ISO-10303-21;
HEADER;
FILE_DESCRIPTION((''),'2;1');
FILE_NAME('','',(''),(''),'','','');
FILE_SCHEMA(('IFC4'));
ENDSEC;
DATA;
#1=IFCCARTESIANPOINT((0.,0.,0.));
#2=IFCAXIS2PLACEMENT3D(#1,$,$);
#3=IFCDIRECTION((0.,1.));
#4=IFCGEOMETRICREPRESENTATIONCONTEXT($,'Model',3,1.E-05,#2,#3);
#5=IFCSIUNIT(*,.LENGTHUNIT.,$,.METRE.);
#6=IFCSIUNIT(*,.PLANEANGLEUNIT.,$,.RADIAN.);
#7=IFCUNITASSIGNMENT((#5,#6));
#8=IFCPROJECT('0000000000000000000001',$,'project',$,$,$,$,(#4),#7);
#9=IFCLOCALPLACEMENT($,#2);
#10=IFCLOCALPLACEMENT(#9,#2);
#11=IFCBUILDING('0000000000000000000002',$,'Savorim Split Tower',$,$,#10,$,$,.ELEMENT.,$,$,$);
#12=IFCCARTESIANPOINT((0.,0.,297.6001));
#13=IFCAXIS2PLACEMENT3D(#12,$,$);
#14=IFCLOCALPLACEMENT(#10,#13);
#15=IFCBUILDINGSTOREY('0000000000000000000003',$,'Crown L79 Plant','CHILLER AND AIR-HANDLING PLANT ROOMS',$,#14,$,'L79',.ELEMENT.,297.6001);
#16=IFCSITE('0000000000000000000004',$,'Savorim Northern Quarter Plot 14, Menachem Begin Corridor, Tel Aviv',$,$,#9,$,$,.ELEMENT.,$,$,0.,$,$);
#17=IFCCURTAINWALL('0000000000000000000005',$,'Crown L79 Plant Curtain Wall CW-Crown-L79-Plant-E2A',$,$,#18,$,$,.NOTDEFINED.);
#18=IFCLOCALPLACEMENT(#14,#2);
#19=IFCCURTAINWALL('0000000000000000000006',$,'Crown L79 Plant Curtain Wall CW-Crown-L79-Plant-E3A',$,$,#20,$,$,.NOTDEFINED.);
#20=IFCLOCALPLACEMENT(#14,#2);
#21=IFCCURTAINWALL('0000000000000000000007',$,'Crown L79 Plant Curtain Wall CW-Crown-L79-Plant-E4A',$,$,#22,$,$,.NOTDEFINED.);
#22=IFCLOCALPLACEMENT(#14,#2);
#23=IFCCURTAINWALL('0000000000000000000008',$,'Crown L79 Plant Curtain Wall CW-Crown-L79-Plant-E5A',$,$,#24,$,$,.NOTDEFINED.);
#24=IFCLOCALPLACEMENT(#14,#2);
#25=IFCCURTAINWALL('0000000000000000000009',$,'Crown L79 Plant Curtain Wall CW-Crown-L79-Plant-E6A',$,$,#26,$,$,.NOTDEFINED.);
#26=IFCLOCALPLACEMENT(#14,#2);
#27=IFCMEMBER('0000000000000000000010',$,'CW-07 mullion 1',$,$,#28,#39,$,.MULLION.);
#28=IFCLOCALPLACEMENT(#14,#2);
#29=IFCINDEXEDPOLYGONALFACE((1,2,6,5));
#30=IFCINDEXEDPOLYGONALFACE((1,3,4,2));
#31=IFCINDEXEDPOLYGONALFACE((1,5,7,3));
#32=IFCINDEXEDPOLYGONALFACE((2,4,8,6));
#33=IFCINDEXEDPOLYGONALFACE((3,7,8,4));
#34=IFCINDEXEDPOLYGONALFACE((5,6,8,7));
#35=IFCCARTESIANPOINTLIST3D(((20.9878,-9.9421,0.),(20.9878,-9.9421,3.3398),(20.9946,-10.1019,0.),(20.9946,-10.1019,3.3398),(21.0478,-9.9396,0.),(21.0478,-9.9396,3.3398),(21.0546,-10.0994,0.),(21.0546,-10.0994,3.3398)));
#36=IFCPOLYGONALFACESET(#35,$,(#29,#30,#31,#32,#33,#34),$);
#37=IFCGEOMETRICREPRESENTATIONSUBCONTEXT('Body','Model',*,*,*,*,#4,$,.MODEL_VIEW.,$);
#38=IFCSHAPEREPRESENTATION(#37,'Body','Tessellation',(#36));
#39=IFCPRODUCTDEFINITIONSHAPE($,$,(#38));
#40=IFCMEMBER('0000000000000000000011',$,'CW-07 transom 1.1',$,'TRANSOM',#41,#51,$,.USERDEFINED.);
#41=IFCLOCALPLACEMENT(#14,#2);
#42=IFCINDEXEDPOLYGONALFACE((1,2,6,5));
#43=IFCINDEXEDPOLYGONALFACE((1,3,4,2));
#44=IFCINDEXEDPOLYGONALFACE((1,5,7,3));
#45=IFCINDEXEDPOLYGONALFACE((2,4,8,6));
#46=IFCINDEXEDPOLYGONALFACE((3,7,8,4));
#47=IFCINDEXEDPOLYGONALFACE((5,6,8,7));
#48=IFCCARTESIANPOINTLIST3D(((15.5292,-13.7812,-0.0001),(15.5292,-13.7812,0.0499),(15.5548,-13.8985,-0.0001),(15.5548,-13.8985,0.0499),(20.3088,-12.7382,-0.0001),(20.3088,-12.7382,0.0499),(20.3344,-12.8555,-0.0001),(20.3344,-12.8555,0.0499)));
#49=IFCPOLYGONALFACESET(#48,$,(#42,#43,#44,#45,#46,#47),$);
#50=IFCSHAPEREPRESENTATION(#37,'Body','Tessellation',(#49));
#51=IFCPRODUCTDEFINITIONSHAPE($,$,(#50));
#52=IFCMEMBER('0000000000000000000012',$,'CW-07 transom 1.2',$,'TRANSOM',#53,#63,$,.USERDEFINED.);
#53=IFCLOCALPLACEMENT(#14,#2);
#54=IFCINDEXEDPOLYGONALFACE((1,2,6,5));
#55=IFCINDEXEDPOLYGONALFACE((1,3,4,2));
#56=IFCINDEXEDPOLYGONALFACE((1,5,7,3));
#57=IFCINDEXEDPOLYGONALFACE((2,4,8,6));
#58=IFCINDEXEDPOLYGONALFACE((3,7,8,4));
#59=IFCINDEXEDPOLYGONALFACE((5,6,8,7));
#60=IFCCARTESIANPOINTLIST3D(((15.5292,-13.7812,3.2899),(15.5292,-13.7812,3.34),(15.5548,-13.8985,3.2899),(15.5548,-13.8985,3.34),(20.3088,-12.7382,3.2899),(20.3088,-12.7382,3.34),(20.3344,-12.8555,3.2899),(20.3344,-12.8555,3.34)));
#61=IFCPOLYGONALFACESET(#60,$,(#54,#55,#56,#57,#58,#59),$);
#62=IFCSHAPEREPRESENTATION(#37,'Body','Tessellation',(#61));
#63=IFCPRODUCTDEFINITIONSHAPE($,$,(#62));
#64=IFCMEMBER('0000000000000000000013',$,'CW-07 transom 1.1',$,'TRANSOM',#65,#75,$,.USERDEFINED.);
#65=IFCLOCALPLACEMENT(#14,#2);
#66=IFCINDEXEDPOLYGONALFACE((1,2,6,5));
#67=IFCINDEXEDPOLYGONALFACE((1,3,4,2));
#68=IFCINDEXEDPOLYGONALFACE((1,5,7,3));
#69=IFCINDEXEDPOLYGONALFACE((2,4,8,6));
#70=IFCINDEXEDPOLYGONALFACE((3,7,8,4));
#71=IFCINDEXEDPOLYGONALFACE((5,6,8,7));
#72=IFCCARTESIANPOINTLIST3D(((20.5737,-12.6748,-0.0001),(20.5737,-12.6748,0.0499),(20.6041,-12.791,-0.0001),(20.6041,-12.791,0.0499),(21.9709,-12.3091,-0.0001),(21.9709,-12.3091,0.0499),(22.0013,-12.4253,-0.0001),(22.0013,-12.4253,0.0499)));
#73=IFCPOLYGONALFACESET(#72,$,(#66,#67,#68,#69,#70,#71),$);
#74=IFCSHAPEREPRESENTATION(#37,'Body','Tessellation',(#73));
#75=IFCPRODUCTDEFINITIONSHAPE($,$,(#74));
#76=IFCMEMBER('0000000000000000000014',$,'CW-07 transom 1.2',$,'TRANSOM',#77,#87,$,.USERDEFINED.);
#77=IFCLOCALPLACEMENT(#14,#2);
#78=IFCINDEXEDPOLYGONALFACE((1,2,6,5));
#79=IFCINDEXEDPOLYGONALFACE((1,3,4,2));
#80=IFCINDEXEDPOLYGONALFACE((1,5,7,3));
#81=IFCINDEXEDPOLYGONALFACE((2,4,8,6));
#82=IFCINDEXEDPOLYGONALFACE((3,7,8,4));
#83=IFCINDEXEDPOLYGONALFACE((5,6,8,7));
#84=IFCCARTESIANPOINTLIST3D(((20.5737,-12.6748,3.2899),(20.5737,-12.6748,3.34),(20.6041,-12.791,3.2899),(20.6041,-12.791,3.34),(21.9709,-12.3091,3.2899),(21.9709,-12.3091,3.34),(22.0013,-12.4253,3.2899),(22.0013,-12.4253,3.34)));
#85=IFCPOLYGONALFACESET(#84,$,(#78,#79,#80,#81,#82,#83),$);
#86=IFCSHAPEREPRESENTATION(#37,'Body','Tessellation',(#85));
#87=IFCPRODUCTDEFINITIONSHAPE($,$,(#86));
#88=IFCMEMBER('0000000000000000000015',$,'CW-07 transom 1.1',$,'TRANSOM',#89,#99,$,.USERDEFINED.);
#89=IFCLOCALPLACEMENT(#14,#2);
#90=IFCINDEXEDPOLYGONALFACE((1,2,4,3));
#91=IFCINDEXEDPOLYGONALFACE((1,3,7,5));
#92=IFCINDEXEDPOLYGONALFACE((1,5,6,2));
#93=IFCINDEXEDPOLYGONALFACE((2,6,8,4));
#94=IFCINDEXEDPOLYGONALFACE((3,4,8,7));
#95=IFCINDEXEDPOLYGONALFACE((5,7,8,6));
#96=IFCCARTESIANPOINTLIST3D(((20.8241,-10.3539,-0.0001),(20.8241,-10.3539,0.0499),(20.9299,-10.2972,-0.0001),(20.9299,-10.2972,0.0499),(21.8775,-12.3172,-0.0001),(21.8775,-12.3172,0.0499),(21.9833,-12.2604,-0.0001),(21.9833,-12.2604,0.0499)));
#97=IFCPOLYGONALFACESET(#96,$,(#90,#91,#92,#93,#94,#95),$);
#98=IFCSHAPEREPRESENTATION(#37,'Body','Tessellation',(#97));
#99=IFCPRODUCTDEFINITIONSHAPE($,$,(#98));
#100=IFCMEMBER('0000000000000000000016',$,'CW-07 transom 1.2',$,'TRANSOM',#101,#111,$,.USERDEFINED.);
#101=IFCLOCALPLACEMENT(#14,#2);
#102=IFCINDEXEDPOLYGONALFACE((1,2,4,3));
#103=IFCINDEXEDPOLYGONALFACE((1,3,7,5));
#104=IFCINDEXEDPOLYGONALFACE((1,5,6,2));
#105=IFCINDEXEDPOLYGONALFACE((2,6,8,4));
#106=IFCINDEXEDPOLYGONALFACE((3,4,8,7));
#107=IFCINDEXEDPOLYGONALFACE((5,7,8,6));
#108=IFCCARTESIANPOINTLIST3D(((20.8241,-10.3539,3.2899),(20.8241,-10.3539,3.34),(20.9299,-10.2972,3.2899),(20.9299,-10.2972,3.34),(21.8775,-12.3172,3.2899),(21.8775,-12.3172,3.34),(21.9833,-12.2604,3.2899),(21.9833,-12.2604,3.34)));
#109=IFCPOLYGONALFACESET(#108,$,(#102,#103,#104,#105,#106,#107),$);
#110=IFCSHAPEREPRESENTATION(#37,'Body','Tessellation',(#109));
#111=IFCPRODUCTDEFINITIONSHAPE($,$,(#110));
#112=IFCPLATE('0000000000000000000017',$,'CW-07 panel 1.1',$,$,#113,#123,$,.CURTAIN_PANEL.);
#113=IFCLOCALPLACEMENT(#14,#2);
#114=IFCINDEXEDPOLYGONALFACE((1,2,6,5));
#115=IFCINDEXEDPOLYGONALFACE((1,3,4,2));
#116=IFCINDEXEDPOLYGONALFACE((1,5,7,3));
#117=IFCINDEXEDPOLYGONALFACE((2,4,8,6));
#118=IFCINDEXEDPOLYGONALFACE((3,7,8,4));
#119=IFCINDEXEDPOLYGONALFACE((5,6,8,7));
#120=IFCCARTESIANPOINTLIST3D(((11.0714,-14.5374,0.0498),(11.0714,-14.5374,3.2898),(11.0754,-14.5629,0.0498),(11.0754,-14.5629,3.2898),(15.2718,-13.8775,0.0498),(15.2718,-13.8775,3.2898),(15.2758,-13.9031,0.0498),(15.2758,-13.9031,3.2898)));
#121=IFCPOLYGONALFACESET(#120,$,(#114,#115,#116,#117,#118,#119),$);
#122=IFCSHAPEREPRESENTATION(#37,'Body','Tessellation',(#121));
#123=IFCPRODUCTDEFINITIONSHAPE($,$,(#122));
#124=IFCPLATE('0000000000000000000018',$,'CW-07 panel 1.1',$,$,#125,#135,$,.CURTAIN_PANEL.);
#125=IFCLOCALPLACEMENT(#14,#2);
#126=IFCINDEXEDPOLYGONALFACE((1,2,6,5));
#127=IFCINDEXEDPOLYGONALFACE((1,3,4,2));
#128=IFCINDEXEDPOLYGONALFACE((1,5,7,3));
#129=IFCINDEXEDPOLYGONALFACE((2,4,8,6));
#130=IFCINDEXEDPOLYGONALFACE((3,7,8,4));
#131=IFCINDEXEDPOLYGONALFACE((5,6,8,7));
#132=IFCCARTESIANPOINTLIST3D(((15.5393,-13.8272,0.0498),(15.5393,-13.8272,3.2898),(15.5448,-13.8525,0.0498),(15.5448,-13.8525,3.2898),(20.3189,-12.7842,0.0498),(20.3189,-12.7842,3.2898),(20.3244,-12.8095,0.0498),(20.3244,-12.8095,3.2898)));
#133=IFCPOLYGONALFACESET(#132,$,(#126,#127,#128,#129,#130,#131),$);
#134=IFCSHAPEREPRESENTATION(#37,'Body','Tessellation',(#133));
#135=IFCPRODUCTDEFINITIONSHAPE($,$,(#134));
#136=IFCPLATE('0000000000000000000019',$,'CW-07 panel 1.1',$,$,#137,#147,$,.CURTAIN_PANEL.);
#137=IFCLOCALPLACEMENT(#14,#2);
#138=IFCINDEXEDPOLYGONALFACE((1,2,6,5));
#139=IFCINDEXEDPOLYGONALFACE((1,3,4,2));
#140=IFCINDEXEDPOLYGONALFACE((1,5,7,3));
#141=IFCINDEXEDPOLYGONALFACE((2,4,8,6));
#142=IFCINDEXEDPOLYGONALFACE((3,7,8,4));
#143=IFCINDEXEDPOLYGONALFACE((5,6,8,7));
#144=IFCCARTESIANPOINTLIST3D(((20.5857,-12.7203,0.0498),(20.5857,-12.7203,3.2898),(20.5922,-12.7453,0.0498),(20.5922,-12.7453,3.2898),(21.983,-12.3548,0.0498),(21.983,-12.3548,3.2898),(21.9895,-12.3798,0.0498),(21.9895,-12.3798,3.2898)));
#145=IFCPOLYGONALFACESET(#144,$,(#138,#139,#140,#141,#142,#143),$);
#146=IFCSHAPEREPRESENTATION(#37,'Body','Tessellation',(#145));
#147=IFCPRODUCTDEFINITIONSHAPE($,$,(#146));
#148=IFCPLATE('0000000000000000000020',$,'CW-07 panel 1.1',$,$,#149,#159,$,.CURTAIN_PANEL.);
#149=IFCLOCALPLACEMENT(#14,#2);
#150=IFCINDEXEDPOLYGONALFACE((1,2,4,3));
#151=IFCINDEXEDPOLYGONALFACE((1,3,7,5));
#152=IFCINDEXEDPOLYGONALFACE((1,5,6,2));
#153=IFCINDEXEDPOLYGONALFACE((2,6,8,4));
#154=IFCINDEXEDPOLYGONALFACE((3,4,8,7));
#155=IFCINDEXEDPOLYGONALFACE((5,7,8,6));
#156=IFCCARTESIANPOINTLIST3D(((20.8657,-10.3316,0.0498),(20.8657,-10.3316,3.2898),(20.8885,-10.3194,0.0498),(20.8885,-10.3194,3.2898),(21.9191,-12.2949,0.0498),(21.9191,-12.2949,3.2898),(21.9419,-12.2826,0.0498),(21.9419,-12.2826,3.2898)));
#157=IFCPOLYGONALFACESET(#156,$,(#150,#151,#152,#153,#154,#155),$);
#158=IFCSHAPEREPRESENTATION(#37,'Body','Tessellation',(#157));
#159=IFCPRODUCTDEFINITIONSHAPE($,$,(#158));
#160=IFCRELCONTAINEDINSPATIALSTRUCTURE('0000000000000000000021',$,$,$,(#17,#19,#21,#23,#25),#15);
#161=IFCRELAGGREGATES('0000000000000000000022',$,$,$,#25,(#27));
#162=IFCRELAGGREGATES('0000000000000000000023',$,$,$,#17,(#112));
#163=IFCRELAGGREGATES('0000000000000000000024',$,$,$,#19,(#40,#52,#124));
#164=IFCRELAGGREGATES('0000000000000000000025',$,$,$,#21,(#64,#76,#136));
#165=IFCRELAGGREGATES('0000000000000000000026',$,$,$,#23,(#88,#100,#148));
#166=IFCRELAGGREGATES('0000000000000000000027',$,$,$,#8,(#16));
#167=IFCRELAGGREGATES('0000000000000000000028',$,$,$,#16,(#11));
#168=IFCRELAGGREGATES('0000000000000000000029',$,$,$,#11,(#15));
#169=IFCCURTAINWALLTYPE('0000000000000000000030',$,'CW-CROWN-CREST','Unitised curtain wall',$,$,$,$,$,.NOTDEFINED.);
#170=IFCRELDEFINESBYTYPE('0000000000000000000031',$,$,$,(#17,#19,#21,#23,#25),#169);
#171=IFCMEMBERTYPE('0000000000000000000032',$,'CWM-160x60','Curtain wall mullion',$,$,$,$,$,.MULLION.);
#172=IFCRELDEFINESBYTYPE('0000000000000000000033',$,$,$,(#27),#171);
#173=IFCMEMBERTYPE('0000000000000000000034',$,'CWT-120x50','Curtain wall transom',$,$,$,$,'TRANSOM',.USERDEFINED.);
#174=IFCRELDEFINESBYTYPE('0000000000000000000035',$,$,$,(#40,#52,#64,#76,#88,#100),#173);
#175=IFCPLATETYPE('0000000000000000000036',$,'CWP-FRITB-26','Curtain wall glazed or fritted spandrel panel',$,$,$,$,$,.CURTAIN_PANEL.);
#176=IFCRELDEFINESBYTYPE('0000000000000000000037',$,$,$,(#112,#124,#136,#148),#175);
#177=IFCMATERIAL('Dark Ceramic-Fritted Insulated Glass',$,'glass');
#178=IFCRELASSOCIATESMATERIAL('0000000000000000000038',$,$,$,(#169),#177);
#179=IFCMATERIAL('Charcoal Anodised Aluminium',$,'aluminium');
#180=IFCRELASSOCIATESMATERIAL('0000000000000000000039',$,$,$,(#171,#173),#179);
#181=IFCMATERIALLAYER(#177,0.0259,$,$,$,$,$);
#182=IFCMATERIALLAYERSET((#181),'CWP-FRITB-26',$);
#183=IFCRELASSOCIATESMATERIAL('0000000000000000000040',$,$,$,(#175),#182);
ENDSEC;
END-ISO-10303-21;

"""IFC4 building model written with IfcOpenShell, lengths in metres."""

from ifc_helpers import new_model, si_unit, direction, frame, origin, origin_2d, place, context, subcontext, project, spatial, rectangle, extrude, material, layer, layer_set, material_profile, profile_set, type_object, element, aggregate, save


model = new_model("IFC4")

# Units and contexts
model_context = context("Model", 3, precision=1e-05, world=origin(), true_north=direction((0.0, 1.0)))
body_context = subcontext(model_context, "Body", "Model", "MODEL_VIEW")
ifc_project = project(units=[si_unit("LENGTHUNIT", "METRE"), si_unit("PLANEANGLEUNIT", "RADIAN")], contexts=[model_context])

# Site, building, storey
site_placement = place(None, origin())
site = spatial("IfcSite", under=ifc_project, at=site_placement, Name="Savorim Northern Quarter Plot 14, Menachem Begin Corridor, Tel Aviv", CompositionType="ELEMENT", RefElevation=0.0)
building_placement = place(site_placement, origin())
building = spatial("IfcBuilding", under=site, at=building_placement, Name="Savorim Split Tower", CompositionType="ELEMENT")
storey_placement = place(building_placement, frame((0.0, 0.0, 297.6001)))
storey = spatial("IfcBuildingStorey", under=building, at=storey_placement, Name="Crown L79 Plant", Description="CHILLER AND AIR-HANDLING PLANT ROOMS", LongName="L79", CompositionType="ELEMENT", Elevation=297.6001)

# Curtain wall
ifc_material_1 = material(Name="Dark Ceramic-Fritted Insulated Glass", Category="glass")
curtain_wall_type = type_object("IfcCurtainWallType", Name="CW-CROWN-CREST", Description="Unitised curtain wall", PredefinedType="NOTDEFINED", material=ifc_material_1)
curtain_wall_1_placement = place(storey_placement, origin())
curtain_wall_1 = element("IfcCurtainWall", 1, at=curtain_wall_1_placement, inside=storey, type_object=curtain_wall_type, Name="Crown L79 Plant Curtain Wall CW-Crown-L79-Plant-E2A", PredefinedType="NOTDEFINED")
ifc_material_2 = material(Name="Charcoal Anodised Aluminium", Category="aluminium")
ifc_material_profile_1 = material_profile(ifc_material_2, rectangle(XDim=0.1599, YDim=0.0601, at=origin_2d()), Name="ALU-M 160x60")
ifc_profile_set_1 = profile_set([ifc_material_profile_1], Name="Charcoal Anodised Aluminium")
member_type_1 = type_object("IfcMemberType", Name="CWM-160x60", Description="Curtain wall mullion", PredefinedType="MULLION", material=ifc_profile_set_1)

# Curtain walls
curtain_wall_2_placement = place(storey_placement, origin())
curtain_wall_2 = element("IfcCurtainWall", 2, at=curtain_wall_2_placement, inside=storey, type_object=curtain_wall_type, Name="Crown L79 Plant Curtain Wall CW-Crown-L79-Plant-E3A", PredefinedType="NOTDEFINED")
curtain_wall_3_placement = place(storey_placement, origin())
curtain_wall_3 = element("IfcCurtainWall", 3, at=curtain_wall_3_placement, inside=storey, type_object=curtain_wall_type, Name="Crown L79 Plant Curtain Wall CW-Crown-L79-Plant-E4A", PredefinedType="NOTDEFINED")
curtain_wall_4_placement = place(storey_placement, origin())
curtain_wall_4 = element("IfcCurtainWall", 4, at=curtain_wall_4_placement, inside=storey, type_object=curtain_wall_type, Name="Crown L79 Plant Curtain Wall CW-Crown-L79-Plant-E5A", PredefinedType="NOTDEFINED")

# Curtain wall, member
curtain_wall_5_placement = place(storey_placement, origin())
curtain_wall_5 = element("IfcCurtainWall", 5, at=curtain_wall_5_placement, inside=storey, type_object=curtain_wall_type, Name="Crown L79 Plant Curtain Wall CW-Crown-L79-Plant-E6A", PredefinedType="NOTDEFINED")
member_1_placement = place(storey_placement, frame((21.0212, -10.0208, 0.0), z_axis=(0.0, 0.0, 1.0), x_axis=(-0.042476, 0.999097, 0.0)))
member_1 = element("IfcMember", 6, at=member_1_placement, type_object=member_type_1, Name="CW-07 mullion 1", PredefinedType="MULLION", context=body_context, shape_type="SweptSolid", body=[
    extrude(rectangle(XDim=0.1599, YDim=0.0601, at=origin_2d()), origin(), (0.0, 0.0, 1.0), 3.3398),
])
aggregate(curtain_wall_5, [member_1])

# Members
ifc_material_profile_2 = material_profile(ifc_material_2, rectangle(XDim=0.1201, YDim=0.05, at=origin_2d()), Name="ALU-T 120x50")
ifc_profile_set_2 = profile_set([ifc_material_profile_2], Name="Charcoal Anodised Aluminium")
member_type_2 = type_object("IfcMemberType", Name="CWT-120x50", Description="Curtain wall transom", ElementType="TRANSOM", PredefinedType="USERDEFINED", material=ifc_profile_set_2)
member_2_placement = place(storey_placement, frame((15.542, -13.8398, 0.0249), z_axis=(0.977009, 0.213198, 0.0), x_axis=(-0.213198, 0.977009, 0.0)))
member_2 = element("IfcMember", 7, at=member_2_placement, type_object=member_type_2, Name="CW-07 transom 1.1", ObjectType="TRANSOM", PredefinedType="USERDEFINED", context=body_context, shape_type="SweptSolid", body=[
    extrude(rectangle(XDim=0.1201, YDim=0.05, at=origin_2d()), origin(), (0.0, 0.0, 1.0), 4.8921),
])
member_3_placement = place(storey_placement, frame((15.542, -13.8398, 3.3149), z_axis=(0.977009, 0.213198, 0.0), x_axis=(-0.213198, 0.977009, 0.0)))
member_3 = element("IfcMember", 8, at=member_3_placement, type_object=member_type_2, Name="CW-07 transom 1.2", ObjectType="TRANSOM", PredefinedType="USERDEFINED", context=body_context, shape_type="SweptSolid", body=[
    extrude(rectangle(XDim=0.1201, YDim=0.05, at=origin_2d()), origin(), (0.0, 0.0, 1.0), 4.8921),
])
member_4_placement = place(storey_placement, frame((20.5889, -12.7329, 0.0249), z_axis=(0.967409, 0.25322, 0.0), x_axis=(-0.25322, 0.967409, 0.0)))
member_4 = element("IfcMember", 9, at=member_4_placement, type_object=member_type_2, Name="CW-07 transom 1.1", ObjectType="TRANSOM", PredefinedType="USERDEFINED", context=body_context, shape_type="SweptSolid", body=[
    extrude(rectangle(XDim=0.1201, YDim=0.05, at=origin_2d()), origin(), (0.0, 0.0, 1.0), 1.4443),
])
member_5_placement = place(storey_placement, frame((20.5889, -12.7329, 3.3149), z_axis=(0.967409, 0.25322, 0.0), x_axis=(-0.25322, 0.967409, 0.0)))
member_5 = element("IfcMember", 10, at=member_5_placement, type_object=member_type_2, Name="CW-07 transom 1.2", ObjectType="TRANSOM", PredefinedType="USERDEFINED", context=body_context, shape_type="SweptSolid", body=[
    extrude(rectangle(XDim=0.1201, YDim=0.05, at=origin_2d()), origin(), (0.0, 0.0, 1.0), 1.4443),
])
member_6_placement = place(storey_placement, frame((21.9304, -12.2888, 0.0249), z_axis=(-0.472799, 0.88117, 0.0), x_axis=(-0.88117, -0.472799, 0.0)))
member_6 = element("IfcMember", 11, at=member_6_placement, type_object=member_type_2, Name="CW-07 transom 1.1", ObjectType="TRANSOM", PredefinedType="USERDEFINED", context=body_context, shape_type="SweptSolid", body=[
    extrude(rectangle(XDim=0.1201, YDim=0.05, at=origin_2d()), origin(), (0.0, 0.0, 1.0), 2.228),
])
member_7_placement = place(storey_placement, frame((21.9304, -12.2888, 3.3149), z_axis=(-0.472799, 0.88117, 0.0), x_axis=(-0.88117, -0.472799, 0.0)))
member_7 = element("IfcMember", 12, at=member_7_placement, type_object=member_type_2, Name="CW-07 transom 1.2", ObjectType="TRANSOM", PredefinedType="USERDEFINED", context=body_context, shape_type="SweptSolid", body=[
    extrude(rectangle(XDim=0.1201, YDim=0.05, at=origin_2d()), origin(), (0.0, 0.0, 1.0), 2.228),
])

# Plates
ifc_layer_1 = layer(ifc_material_1, 0.0259)
ifc_layer_set_1 = layer_set([ifc_layer_1], Name="CWP-FRITB-26")
plate_type = type_object("IfcPlateType", Name="CWP-FRITB-26", Description="Curtain wall glazed or fritted spandrel panel", PredefinedType="CURTAIN_PANEL", material=ifc_layer_set_1)
plate_1_placement = place(storey_placement, frame((13.1736, -14.2202, 0.0498), z_axis=(0.0, 0.0, 1.0), x_axis=(0.987884, 0.155193, 0.0)))
plate_1 = element("IfcPlate", 13, at=plate_1_placement, type_object=plate_type, Name="CW-07 panel 1.1", PredefinedType="CURTAIN_PANEL", context=body_context, shape_type="SweptSolid", body=[
    extrude(rectangle(XDim=4.252, YDim=0.0259, at=origin_2d()), origin(), (0.0, 0.0, 1.0), 3.24),
])
aggregate(curtain_wall_1, [plate_1])
plate_2_placement = place(storey_placement, frame((17.9319, -13.3184, 0.0498), z_axis=(0.0, 0.0, 1.0), x_axis=(0.977007, 0.213207, 0.0)))
plate_2 = element("IfcPlate", 14, at=plate_2_placement, type_object=plate_type, Name="CW-07 panel 1.1", PredefinedType="CURTAIN_PANEL", context=body_context, shape_type="SweptSolid", body=[
    extrude(rectangle(XDim=4.8921, YDim=0.0259, at=origin_2d()), origin(), (0.0, 0.0, 1.0), 3.24),
])
aggregate(curtain_wall_2, [member_2, member_3, plate_2])
plate_3_placement = place(storey_placement, frame((21.2876, -12.55, 0.0498), z_axis=(0.0, 0.0, 1.0), x_axis=(0.967441, 0.253096, 0.0)))
plate_3 = element("IfcPlate", 15, at=plate_3_placement, type_object=plate_type, Name="CW-07 panel 1.1", PredefinedType="CURTAIN_PANEL", context=body_context, shape_type="SweptSolid", body=[
    extrude(rectangle(XDim=1.4443, YDim=0.0259, at=origin_2d()), origin(), (0.0, 0.0, 1.0), 3.24),
])
aggregate(curtain_wall_3, [member_4, member_5, plate_3])
plate_4_placement = place(storey_placement, frame((21.4038, -11.3071, 0.0498), z_axis=(0.0, 0.0, 1.0), x_axis=(-0.472802, 0.881169, 0.0)))
plate_4 = element("IfcPlate", 16, at=plate_4_placement, type_object=plate_type, Name="CW-07 panel 1.1", PredefinedType="CURTAIN_PANEL", context=body_context, shape_type="SweptSolid", body=[
    extrude(rectangle(XDim=2.228, YDim=0.0259, at=origin_2d()), origin(), (0.0, 0.0, 1.0), 3.24),
])
aggregate(curtain_wall_4, [member_6, member_7, plate_4])

save(model, "model.ifc")
